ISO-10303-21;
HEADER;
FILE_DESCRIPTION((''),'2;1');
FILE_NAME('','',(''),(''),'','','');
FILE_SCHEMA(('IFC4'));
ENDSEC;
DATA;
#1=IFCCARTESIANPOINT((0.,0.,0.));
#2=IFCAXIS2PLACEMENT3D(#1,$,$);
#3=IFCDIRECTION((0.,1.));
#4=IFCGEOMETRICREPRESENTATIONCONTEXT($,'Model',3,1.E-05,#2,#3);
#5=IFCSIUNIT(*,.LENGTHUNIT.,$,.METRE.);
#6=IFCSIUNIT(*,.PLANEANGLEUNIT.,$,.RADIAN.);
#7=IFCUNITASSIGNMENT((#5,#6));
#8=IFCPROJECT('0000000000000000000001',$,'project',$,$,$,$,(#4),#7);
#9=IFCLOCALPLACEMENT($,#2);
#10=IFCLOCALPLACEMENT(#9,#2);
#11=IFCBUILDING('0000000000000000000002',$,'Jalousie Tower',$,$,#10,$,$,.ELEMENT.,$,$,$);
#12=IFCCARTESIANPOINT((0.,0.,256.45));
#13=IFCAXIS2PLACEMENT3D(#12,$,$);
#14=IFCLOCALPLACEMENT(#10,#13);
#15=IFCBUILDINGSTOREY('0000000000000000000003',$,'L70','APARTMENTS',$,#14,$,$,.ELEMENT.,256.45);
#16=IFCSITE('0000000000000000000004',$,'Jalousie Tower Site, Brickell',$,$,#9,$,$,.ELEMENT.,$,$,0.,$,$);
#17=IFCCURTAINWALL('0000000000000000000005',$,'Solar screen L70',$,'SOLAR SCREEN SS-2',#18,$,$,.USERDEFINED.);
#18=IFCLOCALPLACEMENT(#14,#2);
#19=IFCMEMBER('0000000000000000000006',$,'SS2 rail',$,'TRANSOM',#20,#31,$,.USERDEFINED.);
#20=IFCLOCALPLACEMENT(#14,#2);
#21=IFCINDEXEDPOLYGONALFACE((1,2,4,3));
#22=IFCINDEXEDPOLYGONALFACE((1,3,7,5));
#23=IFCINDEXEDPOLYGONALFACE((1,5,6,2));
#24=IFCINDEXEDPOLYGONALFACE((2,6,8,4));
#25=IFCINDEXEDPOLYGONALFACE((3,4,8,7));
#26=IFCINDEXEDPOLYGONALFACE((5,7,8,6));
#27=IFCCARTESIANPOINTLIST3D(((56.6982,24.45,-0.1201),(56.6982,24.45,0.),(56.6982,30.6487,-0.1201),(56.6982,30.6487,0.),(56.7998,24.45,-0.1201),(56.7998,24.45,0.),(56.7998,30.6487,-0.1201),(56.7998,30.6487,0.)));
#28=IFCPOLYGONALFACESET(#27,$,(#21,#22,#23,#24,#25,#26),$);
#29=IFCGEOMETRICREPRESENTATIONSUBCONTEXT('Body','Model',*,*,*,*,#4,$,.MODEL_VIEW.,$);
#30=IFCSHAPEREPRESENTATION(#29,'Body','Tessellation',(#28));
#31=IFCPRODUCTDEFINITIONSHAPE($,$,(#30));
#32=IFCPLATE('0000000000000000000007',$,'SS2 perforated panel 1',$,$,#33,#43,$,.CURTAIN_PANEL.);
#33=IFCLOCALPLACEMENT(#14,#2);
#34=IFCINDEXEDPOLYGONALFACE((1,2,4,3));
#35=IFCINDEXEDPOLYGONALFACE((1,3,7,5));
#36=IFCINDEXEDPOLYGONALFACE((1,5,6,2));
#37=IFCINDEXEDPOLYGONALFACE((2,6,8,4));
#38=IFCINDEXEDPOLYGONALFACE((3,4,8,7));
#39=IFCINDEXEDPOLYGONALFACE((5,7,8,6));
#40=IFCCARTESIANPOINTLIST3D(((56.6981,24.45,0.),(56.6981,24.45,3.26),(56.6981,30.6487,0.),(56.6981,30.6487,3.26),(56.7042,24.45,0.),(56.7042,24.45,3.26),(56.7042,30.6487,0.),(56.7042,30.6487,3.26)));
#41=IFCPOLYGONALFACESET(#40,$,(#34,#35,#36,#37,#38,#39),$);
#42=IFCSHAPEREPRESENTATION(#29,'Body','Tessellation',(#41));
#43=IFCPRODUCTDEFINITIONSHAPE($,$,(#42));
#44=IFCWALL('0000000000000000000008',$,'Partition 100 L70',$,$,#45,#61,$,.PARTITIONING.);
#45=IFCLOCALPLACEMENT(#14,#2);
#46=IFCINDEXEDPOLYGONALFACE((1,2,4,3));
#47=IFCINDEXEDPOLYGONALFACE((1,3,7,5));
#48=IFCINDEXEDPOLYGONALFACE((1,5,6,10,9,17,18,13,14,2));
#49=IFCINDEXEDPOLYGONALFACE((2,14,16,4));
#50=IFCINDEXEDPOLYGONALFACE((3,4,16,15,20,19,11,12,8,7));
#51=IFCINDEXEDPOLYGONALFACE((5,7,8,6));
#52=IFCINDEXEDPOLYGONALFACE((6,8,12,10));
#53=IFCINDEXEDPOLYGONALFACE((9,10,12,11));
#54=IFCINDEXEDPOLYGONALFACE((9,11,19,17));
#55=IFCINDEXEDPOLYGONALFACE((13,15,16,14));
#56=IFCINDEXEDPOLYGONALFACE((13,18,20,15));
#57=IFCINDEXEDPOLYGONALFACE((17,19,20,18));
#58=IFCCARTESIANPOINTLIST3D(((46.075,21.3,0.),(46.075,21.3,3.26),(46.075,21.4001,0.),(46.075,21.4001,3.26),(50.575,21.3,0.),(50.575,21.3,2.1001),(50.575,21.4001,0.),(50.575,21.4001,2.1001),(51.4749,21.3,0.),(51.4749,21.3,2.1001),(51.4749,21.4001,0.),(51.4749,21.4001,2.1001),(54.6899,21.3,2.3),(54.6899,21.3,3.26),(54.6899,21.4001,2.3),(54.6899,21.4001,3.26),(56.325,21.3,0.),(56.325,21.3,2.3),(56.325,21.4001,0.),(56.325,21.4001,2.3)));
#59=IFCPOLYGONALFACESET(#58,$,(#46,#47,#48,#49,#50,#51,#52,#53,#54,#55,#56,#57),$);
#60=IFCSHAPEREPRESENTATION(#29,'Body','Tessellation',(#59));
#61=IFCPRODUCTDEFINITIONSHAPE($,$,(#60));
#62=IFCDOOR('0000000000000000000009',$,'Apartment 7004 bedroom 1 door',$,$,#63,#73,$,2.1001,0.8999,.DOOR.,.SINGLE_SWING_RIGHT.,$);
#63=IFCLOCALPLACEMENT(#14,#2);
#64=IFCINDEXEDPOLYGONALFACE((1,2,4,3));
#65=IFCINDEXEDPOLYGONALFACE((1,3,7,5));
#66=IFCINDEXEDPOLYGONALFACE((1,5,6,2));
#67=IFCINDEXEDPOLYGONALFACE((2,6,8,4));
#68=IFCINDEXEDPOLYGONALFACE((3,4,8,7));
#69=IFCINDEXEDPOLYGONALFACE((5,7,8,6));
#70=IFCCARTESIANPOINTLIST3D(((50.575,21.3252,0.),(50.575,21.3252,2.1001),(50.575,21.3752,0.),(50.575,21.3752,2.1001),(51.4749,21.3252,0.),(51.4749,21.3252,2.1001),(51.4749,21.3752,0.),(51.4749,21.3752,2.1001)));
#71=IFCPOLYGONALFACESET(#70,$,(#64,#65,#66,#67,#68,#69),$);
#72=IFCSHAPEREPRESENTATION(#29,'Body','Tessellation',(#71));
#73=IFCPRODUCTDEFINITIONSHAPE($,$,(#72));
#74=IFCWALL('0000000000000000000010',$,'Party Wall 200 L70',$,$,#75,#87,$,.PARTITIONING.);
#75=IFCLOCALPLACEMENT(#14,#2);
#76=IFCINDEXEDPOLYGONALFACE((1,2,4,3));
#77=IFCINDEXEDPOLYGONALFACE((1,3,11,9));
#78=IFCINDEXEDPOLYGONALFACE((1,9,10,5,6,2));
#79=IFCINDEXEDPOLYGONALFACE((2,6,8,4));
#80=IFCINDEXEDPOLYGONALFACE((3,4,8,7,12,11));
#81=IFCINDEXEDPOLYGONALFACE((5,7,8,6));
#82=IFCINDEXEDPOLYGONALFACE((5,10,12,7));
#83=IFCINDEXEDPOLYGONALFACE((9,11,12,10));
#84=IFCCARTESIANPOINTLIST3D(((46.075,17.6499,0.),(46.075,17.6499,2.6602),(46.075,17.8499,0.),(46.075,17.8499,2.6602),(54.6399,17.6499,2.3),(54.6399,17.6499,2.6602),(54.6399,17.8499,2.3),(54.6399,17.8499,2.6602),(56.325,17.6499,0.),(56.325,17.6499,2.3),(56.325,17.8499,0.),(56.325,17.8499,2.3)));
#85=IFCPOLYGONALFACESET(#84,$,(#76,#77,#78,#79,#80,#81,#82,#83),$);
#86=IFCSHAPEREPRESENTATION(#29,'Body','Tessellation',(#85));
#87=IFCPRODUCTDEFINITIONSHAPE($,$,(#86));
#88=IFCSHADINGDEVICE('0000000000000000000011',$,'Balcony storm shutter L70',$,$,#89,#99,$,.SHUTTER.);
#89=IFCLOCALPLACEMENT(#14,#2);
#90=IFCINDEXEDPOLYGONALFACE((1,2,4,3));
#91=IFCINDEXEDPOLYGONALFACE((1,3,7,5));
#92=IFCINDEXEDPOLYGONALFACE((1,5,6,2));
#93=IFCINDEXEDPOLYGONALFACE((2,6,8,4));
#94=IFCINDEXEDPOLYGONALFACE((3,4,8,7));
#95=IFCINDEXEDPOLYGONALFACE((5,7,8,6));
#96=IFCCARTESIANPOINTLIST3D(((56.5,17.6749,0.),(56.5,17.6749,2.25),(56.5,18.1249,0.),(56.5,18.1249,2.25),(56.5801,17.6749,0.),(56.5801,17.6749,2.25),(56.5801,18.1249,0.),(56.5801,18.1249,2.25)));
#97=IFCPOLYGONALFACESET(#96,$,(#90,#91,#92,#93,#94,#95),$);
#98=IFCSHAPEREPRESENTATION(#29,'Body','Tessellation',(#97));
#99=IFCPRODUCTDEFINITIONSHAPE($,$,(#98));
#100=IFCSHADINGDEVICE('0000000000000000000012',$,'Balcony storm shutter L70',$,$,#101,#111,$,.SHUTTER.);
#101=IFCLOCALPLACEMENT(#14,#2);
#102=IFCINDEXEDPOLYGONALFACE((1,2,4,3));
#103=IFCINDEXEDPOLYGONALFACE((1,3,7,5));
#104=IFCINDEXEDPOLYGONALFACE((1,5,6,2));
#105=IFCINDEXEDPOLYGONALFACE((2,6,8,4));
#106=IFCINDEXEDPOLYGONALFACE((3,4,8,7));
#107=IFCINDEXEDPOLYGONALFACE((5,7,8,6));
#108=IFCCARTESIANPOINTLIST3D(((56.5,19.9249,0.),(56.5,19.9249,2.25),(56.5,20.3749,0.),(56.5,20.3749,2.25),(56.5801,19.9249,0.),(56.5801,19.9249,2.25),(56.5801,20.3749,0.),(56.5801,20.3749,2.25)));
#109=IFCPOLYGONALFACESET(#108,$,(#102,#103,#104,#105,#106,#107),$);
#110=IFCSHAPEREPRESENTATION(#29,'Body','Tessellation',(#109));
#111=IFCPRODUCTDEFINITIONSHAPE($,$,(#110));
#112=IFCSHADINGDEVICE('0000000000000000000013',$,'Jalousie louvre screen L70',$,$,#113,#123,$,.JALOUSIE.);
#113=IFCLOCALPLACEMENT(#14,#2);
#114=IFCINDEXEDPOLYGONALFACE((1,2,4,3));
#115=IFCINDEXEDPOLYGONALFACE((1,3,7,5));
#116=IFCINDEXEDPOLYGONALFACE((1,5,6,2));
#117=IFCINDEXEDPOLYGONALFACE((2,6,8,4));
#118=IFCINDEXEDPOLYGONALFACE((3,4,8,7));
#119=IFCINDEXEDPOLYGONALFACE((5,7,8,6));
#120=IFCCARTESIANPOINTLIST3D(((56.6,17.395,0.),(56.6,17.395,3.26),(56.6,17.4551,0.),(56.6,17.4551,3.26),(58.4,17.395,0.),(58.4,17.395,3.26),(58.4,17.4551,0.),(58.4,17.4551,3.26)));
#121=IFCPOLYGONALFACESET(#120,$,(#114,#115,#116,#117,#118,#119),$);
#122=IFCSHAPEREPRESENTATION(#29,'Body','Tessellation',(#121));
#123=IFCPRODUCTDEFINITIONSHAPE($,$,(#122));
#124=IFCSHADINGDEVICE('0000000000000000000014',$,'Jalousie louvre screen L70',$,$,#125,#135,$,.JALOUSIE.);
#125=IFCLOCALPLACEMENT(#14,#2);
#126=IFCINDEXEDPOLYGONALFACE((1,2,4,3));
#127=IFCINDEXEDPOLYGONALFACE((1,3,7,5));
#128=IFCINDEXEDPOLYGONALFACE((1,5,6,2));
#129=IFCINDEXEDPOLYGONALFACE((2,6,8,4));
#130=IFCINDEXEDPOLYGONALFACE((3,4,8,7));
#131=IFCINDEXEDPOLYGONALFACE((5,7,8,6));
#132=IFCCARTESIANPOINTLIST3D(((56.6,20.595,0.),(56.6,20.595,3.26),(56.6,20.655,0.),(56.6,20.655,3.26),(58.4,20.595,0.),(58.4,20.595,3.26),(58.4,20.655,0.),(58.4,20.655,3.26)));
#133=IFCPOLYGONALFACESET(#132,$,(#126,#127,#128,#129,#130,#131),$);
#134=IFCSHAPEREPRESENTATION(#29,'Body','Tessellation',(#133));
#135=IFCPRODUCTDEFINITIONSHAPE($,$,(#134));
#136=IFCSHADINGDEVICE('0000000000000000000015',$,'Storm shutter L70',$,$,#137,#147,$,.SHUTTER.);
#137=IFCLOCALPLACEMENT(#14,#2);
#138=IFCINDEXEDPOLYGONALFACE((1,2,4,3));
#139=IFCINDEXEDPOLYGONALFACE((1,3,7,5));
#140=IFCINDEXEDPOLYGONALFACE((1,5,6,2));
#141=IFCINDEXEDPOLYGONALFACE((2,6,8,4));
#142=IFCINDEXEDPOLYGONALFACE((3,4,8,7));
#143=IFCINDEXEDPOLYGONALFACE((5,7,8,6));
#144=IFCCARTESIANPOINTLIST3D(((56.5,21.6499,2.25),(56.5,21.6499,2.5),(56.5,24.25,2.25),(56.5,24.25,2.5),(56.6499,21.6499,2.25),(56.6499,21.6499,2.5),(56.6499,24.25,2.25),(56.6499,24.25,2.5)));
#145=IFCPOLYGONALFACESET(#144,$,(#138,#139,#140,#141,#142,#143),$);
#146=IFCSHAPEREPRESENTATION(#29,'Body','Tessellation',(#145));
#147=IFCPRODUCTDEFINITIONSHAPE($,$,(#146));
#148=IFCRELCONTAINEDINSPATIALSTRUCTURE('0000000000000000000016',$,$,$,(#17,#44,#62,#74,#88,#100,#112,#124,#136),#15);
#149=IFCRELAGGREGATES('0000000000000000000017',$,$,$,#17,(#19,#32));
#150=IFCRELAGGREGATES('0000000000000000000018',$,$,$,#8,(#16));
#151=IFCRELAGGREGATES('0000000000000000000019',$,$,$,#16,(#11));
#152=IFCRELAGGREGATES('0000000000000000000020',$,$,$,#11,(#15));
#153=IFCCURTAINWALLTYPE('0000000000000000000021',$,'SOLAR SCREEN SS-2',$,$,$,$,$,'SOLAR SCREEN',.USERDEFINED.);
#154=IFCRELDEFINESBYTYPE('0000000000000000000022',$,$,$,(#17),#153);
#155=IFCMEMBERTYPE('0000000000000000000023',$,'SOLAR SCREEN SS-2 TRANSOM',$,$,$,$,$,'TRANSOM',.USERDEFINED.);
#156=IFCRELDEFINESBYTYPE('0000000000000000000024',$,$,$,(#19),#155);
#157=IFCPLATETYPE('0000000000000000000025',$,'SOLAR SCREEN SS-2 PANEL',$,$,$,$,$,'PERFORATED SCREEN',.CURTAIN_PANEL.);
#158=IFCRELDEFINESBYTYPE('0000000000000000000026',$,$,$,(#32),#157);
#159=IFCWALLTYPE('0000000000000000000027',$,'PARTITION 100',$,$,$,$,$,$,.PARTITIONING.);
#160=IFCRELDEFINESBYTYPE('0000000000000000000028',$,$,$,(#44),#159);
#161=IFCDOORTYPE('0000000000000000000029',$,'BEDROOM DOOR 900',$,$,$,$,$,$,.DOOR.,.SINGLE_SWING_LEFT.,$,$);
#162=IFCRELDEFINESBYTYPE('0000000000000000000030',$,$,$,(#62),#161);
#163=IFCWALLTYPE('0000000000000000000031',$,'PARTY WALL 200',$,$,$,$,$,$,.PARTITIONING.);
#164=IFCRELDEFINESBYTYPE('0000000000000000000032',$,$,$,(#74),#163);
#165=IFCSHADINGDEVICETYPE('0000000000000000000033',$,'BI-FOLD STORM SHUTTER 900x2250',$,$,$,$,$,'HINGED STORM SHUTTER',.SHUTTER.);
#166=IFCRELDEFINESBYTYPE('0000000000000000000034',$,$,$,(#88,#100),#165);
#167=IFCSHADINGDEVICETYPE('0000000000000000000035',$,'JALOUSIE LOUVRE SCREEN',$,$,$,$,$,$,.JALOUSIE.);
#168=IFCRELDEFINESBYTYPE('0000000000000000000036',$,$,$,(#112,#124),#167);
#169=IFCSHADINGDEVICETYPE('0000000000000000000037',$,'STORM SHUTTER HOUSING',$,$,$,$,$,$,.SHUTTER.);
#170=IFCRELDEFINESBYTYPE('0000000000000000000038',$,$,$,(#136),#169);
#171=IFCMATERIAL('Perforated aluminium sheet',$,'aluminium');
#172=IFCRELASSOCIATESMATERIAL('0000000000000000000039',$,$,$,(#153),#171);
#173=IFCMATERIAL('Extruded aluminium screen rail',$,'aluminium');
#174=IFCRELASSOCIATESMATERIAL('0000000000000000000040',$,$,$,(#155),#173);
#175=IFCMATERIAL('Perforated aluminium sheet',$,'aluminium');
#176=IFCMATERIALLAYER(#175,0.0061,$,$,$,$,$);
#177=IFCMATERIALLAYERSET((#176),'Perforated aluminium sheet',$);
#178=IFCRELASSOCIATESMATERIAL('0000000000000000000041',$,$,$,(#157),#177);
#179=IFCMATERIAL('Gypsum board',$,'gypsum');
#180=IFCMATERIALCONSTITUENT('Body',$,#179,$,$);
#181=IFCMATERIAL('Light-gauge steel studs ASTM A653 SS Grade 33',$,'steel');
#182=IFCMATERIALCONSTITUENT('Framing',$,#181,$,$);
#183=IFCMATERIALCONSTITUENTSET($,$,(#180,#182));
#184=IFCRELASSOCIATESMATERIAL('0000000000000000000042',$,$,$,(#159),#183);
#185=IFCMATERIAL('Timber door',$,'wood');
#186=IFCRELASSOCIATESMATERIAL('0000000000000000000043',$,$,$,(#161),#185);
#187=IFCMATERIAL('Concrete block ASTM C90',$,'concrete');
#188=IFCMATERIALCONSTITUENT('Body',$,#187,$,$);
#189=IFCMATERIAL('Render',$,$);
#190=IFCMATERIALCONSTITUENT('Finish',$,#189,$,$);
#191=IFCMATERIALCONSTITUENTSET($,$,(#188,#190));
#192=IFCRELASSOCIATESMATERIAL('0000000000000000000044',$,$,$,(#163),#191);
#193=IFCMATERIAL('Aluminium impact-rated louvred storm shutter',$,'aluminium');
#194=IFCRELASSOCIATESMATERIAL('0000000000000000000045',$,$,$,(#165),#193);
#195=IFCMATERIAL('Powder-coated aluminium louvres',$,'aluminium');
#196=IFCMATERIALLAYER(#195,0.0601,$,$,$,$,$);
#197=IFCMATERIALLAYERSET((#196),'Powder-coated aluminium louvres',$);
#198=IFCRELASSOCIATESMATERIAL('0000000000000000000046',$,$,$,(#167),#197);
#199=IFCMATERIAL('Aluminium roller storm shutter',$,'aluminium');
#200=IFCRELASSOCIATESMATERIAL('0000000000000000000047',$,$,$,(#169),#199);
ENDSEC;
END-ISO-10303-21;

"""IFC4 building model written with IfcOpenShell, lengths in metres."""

from ifc_helpers import new_model, si_unit, direction, frame, frame_2d, origin, origin_2d, place, context, subcontext, project, spatial, polyline, rectangle, outline, extrude, material, layer, layer_set, constituent, constituent_set, material_profile, profile_set, type_object, element, fill, aggregate, save


model = new_model("IFC4")

# Units and contexts
model_context = context("Model", 3, precision=1e-05, world=origin(), true_north=direction((0.0, 1.0)))
body_context = subcontext(model_context, "Body", "Model", "MODEL_VIEW")
ifc_project = project(units=[si_unit("LENGTHUNIT", "METRE"), si_unit("PLANEANGLEUNIT", "RADIAN")], contexts=[model_context])

# Site, building, storey
site_placement = place(None, origin())
site = spatial("IfcSite", under=ifc_project, at=site_placement, Name="Jalousie Tower Site, Brickell", CompositionType="ELEMENT", RefElevation=0.0)
building_placement = place(site_placement, origin())
building = spatial("IfcBuilding", under=site, at=building_placement, Name="Jalousie Tower", CompositionType="ELEMENT")
storey_placement = place(building_placement, frame((0.0, 0.0, 256.45)))
storey = spatial("IfcBuildingStorey", under=building, at=storey_placement, Name="L70", Description="APARTMENTS", CompositionType="ELEMENT", Elevation=256.45)

# Curtain wall, member, plate
ifc_material_1 = material(Name="Perforated aluminium sheet", Category="aluminium")
curtain_wall_type_1 = type_object("IfcCurtainWallType", Name="SOLAR SCREEN SS-2", ElementType="SOLAR SCREEN", PredefinedType="USERDEFINED", material=ifc_material_1)
curtain_wall_1_placement = place(storey_placement, origin())
curtain_wall_1 = element("IfcCurtainWall", 1, at=curtain_wall_1_placement, inside=storey, type_object=curtain_wall_type_1, Name="Solar screen L70", ObjectType="SOLAR SCREEN SS-2", PredefinedType="USERDEFINED")
ifc_material_2 = material(Name="Extruded aluminium screen rail", Category="aluminium")
ifc_material_profile_1 = material_profile(ifc_material_2, rectangle(XDim=0.1016, YDim=0.1201, at=origin_2d()), Name="RAIL 102x120")
ifc_profile_set_1 = profile_set([ifc_material_profile_1], Name="Extruded aluminium screen rail")
member_type_1 = type_object("IfcMemberType", Name="SOLAR SCREEN SS-2 TRANSOM", ElementType="TRANSOM", PredefinedType="USERDEFINED", material=ifc_profile_set_1)
member_1_placement = place(storey_placement, frame((56.749, 24.45, -0.0601), z_axis=(0.0, 1.0, 0.0), x_axis=(-1.0, 0.0, 0.0)))
member_1 = element("IfcMember", 2, at=member_1_placement, type_object=member_type_1, Name="SS2 rail", ObjectType="TRANSOM", PredefinedType="USERDEFINED", context=body_context, shape_type="SweptSolid", body=[
    extrude(rectangle(XDim=0.1016, YDim=0.1201, at=origin_2d()), origin(), (0.0, 0.0, 1.0), 6.1987),
])
ifc_material_3 = material(Name="Perforated aluminium sheet", Category="aluminium")
ifc_layer_1 = layer(ifc_material_3, 0.0061)
ifc_layer_set_1 = layer_set([ifc_layer_1], Name="Perforated aluminium sheet")
plate_type = type_object("IfcPlateType", Name="SOLAR SCREEN SS-2 PANEL", ElementType="PERFORATED SCREEN", PredefinedType="CURTAIN_PANEL", material=ifc_layer_set_1)
plate_placement = place(storey_placement, frame((56.7012, 27.5493, 0.0), z_axis=(0.0, 0.0, 1.0), x_axis=(0.0, 1.0, 0.0)))
plate = element("IfcPlate", 3, at=plate_placement, type_object=plate_type, Name="SS2 perforated panel 1", PredefinedType="CURTAIN_PANEL", context=body_context, shape_type="SweptSolid", body=[
    extrude(rectangle(XDim=6.1987, YDim=0.0061, at=origin_2d()), origin(), (0.0, 0.0, 1.0), 3.26),
])
aggregate(curtain_wall_1, [member_1, plate])

# Wall, opening, door
ifc_material_4 = material(Name="Gypsum board", Category="gypsum")
ifc_constituent_1 = constituent(ifc_material_4, Name="Body")
ifc_material_5 = material(Name="Light-gauge steel studs ASTM A653 SS Grade 33", Category="steel")
ifc_constituent_2 = constituent(ifc_material_5, Name="Framing")
ifc_constituent_set_1 = constituent_set(constituents=[ifc_constituent_1, ifc_constituent_2])
wall_type_1 = type_object("IfcWallType", Name="PARTITION 100", PredefinedType="PARTITIONING", material=ifc_constituent_set_1)
wall_1_placement = place(storey_placement, frame((56.325, 21.3501, 0.0), z_axis=(0.0, 0.0, 1.0), x_axis=(-1.0, 0.0, 0.0)))
wall_1 = element("IfcWall", 4, at=wall_1_placement, inside=storey, type_object=wall_type_1, Name="Partition 100 L70", PredefinedType="PARTITIONING", context=body_context, shape_type="SweptSolid", body=[
    extrude(outline(polyline([(0.0, 0.0), (10.25, 0.0), (10.25, 3.26), (1.635, 3.26), (1.635, 2.3), (0.0, 2.3), (0.0, 3.26), (0.0, 0.0)])), frame((0.0, 0.05, 0.0), z_axis=(0.0, -1.0, 0.0), x_axis=(1.0, 0.0, 0.0)), (0.0, 0.0, 1.0), 0.1001),
])
opening_placement = place(wall_1_placement, frame((4.8501, 0.0, 0.0)))
opening = element("IfcOpeningElement", 5, at=opening_placement, cuts=wall_1, PredefinedType="OPENING", context=body_context, shape_type="SweptSolid", body=[
    extrude(rectangle(XDim=0.8999, YDim=2.1001, at=frame_2d((0.45, 1.05))), frame((0.0, 0.0601, 0.0), z_axis=(0.0, -1.0, 0.0), x_axis=(1.0, 0.0, 0.0)), (0.0, 0.0, 1.0), 0.1201),
])
ifc_material_6 = material(Name="Timber door", Category="wood")
door_type = type_object("IfcDoorType", Name="BEDROOM DOOR 900", OperationType="SINGLE_SWING_LEFT", PredefinedType="DOOR", material=ifc_material_6)
door_placement = place(opening_placement, origin())
door = element("IfcDoor", 6, at=door_placement, inside=storey, type_object=door_type, Name="Apartment 7004 bedroom 1 door", OperationType="SINGLE_SWING_RIGHT", OverallHeight=2.1001, OverallWidth=0.8999, PredefinedType="DOOR", context=body_context, shape_type="SweptSolid", body=[
    extrude(rectangle(XDim=0.8999, YDim=2.1001, at=frame_2d((0.45, 1.05))), frame((0.0, 0.0249, 0.0), z_axis=(0.0, -1.0, 0.0), x_axis=(1.0, 0.0, 0.0)), (0.0, 0.0, 1.0), 0.05),
])
fill(opening, door)

# Wall
ifc_material_7 = material(Name="Concrete block ASTM C90", Category="concrete")
ifc_constituent_3 = constituent(ifc_material_7, Name="Body")
ifc_material_8 = material(Name="Render")
ifc_constituent_4 = constituent(ifc_material_8, Name="Finish")
ifc_constituent_set_2 = constituent_set(constituents=[ifc_constituent_3, ifc_constituent_4])
wall_type_2 = type_object("IfcWallType", Name="PARTY WALL 200", PredefinedType="PARTITIONING", material=ifc_constituent_set_2)
wall_2_placement = place(storey_placement, frame((56.325, 17.75, 0.0), z_axis=(0.0, 0.0, 1.0), x_axis=(-1.0, 0.0, 0.0)))
element("IfcWall", 7, at=wall_2_placement, inside=storey, type_object=wall_type_2, Name="Party Wall 200 L70", PredefinedType="PARTITIONING", context=body_context, shape_type="SweptSolid", body=[
    extrude(outline(polyline([(0.0, 0.0), (10.25, 0.0), (10.25, 3.26), (10.25, 2.6602), (1.6851, 2.6602), (1.6851, 2.3), (0.0, 2.3), (0.0, 3.26), (0.0, 0.0)])), frame((0.0, 0.1001, 0.0), z_axis=(0.0, -1.0, 0.0), x_axis=(1.0, 0.0, 0.0)), (0.0, 0.0, 1.0), 0.2),
])

# Shading devices
ifc_material_9 = material(Name="Aluminium impact-rated louvred storm shutter", Category="aluminium")
shading_device_type_1 = type_object("IfcShadingDeviceType", Name="BI-FOLD STORM SHUTTER 900x2250", ElementType="HINGED STORM SHUTTER", PredefinedType="SHUTTER", material=ifc_material_9)
for number, where, z_axis, x_axis, name in (
    (8, (56.54, 17.8999, 0.0), (0.0, 0.0, 1.0), (0.0, 1.0, 0.0), "Balcony storm shutter L70"),
    (9, (56.54, 20.1499, 0.0), (0.0, 0.0, 1.0), (0.0, 1.0, 0.0), "Balcony storm shutter L70"),
):
    element("IfcShadingDevice", number, at=place(storey_placement, frame(where, z_axis=z_axis, x_axis=x_axis)), inside=storey, type_object=shading_device_type_1, Name=name, PredefinedType="SHUTTER", context=body_context, shape_type="SweptSolid", body=[
        extrude(rectangle(XDim=0.45, YDim=0.0801, at=origin_2d()), origin(), (0.0, 0.0, 1.0), 2.25),
    ])

# Shading devices
ifc_material_10 = material(Name="Powder-coated aluminium louvres", Category="aluminium")
ifc_layer_2 = layer(ifc_material_10, 0.0601)
ifc_layer_set_2 = layer_set([ifc_layer_2], Name="Powder-coated aluminium louvres")
shading_device_type_2 = type_object("IfcShadingDeviceType", Name="JALOUSIE LOUVRE SCREEN", PredefinedType="JALOUSIE", material=ifc_layer_set_2)
for number, where, z_axis, x_axis, name in (
    (10, (57.5, 17.425, 0.0), (0.0, 0.0, 1.0), (0.0, 1.0, 0.0), "Jalousie louvre screen L70"),
    (11, (57.5, 20.625, 0.0), (0.0, 0.0, 1.0), (0.0, 1.0, 0.0), "Jalousie louvre screen L70"),
):
    element("IfcShadingDevice", number, at=place(storey_placement, frame(where, z_axis=z_axis, x_axis=x_axis)), inside=storey, type_object=shading_device_type_2, Name=name, PredefinedType="JALOUSIE", context=body_context, shape_type="SweptSolid", body=[
        extrude(rectangle(XDim=0.0601, YDim=1.8, at=origin_2d()), origin(), (0.0, 0.0, 1.0), 3.26),
    ])
ifc_material_11 = material(Name="Aluminium roller storm shutter", Category="aluminium")
shading_device_type_3 = type_object("IfcShadingDeviceType", Name="STORM SHUTTER HOUSING", PredefinedType="SHUTTER", material=ifc_material_11)
shading_device_placement = place(storey_placement, frame((56.575, 22.95, 2.25), z_axis=(0.0, 0.0, 1.0), x_axis=(0.0, 1.0, 0.0)))
element("IfcShadingDevice", 12, at=shading_device_placement, inside=storey, type_object=shading_device_type_3, Name="Storm shutter L70", PredefinedType="SHUTTER", context=body_context, shape_type="SweptSolid", body=[
    extrude(rectangle(XDim=2.6001, YDim=0.1499, at=origin_2d()), origin(), (0.0, 0.0, 1.0), 0.25),
])

save(model, "model.ifc")
